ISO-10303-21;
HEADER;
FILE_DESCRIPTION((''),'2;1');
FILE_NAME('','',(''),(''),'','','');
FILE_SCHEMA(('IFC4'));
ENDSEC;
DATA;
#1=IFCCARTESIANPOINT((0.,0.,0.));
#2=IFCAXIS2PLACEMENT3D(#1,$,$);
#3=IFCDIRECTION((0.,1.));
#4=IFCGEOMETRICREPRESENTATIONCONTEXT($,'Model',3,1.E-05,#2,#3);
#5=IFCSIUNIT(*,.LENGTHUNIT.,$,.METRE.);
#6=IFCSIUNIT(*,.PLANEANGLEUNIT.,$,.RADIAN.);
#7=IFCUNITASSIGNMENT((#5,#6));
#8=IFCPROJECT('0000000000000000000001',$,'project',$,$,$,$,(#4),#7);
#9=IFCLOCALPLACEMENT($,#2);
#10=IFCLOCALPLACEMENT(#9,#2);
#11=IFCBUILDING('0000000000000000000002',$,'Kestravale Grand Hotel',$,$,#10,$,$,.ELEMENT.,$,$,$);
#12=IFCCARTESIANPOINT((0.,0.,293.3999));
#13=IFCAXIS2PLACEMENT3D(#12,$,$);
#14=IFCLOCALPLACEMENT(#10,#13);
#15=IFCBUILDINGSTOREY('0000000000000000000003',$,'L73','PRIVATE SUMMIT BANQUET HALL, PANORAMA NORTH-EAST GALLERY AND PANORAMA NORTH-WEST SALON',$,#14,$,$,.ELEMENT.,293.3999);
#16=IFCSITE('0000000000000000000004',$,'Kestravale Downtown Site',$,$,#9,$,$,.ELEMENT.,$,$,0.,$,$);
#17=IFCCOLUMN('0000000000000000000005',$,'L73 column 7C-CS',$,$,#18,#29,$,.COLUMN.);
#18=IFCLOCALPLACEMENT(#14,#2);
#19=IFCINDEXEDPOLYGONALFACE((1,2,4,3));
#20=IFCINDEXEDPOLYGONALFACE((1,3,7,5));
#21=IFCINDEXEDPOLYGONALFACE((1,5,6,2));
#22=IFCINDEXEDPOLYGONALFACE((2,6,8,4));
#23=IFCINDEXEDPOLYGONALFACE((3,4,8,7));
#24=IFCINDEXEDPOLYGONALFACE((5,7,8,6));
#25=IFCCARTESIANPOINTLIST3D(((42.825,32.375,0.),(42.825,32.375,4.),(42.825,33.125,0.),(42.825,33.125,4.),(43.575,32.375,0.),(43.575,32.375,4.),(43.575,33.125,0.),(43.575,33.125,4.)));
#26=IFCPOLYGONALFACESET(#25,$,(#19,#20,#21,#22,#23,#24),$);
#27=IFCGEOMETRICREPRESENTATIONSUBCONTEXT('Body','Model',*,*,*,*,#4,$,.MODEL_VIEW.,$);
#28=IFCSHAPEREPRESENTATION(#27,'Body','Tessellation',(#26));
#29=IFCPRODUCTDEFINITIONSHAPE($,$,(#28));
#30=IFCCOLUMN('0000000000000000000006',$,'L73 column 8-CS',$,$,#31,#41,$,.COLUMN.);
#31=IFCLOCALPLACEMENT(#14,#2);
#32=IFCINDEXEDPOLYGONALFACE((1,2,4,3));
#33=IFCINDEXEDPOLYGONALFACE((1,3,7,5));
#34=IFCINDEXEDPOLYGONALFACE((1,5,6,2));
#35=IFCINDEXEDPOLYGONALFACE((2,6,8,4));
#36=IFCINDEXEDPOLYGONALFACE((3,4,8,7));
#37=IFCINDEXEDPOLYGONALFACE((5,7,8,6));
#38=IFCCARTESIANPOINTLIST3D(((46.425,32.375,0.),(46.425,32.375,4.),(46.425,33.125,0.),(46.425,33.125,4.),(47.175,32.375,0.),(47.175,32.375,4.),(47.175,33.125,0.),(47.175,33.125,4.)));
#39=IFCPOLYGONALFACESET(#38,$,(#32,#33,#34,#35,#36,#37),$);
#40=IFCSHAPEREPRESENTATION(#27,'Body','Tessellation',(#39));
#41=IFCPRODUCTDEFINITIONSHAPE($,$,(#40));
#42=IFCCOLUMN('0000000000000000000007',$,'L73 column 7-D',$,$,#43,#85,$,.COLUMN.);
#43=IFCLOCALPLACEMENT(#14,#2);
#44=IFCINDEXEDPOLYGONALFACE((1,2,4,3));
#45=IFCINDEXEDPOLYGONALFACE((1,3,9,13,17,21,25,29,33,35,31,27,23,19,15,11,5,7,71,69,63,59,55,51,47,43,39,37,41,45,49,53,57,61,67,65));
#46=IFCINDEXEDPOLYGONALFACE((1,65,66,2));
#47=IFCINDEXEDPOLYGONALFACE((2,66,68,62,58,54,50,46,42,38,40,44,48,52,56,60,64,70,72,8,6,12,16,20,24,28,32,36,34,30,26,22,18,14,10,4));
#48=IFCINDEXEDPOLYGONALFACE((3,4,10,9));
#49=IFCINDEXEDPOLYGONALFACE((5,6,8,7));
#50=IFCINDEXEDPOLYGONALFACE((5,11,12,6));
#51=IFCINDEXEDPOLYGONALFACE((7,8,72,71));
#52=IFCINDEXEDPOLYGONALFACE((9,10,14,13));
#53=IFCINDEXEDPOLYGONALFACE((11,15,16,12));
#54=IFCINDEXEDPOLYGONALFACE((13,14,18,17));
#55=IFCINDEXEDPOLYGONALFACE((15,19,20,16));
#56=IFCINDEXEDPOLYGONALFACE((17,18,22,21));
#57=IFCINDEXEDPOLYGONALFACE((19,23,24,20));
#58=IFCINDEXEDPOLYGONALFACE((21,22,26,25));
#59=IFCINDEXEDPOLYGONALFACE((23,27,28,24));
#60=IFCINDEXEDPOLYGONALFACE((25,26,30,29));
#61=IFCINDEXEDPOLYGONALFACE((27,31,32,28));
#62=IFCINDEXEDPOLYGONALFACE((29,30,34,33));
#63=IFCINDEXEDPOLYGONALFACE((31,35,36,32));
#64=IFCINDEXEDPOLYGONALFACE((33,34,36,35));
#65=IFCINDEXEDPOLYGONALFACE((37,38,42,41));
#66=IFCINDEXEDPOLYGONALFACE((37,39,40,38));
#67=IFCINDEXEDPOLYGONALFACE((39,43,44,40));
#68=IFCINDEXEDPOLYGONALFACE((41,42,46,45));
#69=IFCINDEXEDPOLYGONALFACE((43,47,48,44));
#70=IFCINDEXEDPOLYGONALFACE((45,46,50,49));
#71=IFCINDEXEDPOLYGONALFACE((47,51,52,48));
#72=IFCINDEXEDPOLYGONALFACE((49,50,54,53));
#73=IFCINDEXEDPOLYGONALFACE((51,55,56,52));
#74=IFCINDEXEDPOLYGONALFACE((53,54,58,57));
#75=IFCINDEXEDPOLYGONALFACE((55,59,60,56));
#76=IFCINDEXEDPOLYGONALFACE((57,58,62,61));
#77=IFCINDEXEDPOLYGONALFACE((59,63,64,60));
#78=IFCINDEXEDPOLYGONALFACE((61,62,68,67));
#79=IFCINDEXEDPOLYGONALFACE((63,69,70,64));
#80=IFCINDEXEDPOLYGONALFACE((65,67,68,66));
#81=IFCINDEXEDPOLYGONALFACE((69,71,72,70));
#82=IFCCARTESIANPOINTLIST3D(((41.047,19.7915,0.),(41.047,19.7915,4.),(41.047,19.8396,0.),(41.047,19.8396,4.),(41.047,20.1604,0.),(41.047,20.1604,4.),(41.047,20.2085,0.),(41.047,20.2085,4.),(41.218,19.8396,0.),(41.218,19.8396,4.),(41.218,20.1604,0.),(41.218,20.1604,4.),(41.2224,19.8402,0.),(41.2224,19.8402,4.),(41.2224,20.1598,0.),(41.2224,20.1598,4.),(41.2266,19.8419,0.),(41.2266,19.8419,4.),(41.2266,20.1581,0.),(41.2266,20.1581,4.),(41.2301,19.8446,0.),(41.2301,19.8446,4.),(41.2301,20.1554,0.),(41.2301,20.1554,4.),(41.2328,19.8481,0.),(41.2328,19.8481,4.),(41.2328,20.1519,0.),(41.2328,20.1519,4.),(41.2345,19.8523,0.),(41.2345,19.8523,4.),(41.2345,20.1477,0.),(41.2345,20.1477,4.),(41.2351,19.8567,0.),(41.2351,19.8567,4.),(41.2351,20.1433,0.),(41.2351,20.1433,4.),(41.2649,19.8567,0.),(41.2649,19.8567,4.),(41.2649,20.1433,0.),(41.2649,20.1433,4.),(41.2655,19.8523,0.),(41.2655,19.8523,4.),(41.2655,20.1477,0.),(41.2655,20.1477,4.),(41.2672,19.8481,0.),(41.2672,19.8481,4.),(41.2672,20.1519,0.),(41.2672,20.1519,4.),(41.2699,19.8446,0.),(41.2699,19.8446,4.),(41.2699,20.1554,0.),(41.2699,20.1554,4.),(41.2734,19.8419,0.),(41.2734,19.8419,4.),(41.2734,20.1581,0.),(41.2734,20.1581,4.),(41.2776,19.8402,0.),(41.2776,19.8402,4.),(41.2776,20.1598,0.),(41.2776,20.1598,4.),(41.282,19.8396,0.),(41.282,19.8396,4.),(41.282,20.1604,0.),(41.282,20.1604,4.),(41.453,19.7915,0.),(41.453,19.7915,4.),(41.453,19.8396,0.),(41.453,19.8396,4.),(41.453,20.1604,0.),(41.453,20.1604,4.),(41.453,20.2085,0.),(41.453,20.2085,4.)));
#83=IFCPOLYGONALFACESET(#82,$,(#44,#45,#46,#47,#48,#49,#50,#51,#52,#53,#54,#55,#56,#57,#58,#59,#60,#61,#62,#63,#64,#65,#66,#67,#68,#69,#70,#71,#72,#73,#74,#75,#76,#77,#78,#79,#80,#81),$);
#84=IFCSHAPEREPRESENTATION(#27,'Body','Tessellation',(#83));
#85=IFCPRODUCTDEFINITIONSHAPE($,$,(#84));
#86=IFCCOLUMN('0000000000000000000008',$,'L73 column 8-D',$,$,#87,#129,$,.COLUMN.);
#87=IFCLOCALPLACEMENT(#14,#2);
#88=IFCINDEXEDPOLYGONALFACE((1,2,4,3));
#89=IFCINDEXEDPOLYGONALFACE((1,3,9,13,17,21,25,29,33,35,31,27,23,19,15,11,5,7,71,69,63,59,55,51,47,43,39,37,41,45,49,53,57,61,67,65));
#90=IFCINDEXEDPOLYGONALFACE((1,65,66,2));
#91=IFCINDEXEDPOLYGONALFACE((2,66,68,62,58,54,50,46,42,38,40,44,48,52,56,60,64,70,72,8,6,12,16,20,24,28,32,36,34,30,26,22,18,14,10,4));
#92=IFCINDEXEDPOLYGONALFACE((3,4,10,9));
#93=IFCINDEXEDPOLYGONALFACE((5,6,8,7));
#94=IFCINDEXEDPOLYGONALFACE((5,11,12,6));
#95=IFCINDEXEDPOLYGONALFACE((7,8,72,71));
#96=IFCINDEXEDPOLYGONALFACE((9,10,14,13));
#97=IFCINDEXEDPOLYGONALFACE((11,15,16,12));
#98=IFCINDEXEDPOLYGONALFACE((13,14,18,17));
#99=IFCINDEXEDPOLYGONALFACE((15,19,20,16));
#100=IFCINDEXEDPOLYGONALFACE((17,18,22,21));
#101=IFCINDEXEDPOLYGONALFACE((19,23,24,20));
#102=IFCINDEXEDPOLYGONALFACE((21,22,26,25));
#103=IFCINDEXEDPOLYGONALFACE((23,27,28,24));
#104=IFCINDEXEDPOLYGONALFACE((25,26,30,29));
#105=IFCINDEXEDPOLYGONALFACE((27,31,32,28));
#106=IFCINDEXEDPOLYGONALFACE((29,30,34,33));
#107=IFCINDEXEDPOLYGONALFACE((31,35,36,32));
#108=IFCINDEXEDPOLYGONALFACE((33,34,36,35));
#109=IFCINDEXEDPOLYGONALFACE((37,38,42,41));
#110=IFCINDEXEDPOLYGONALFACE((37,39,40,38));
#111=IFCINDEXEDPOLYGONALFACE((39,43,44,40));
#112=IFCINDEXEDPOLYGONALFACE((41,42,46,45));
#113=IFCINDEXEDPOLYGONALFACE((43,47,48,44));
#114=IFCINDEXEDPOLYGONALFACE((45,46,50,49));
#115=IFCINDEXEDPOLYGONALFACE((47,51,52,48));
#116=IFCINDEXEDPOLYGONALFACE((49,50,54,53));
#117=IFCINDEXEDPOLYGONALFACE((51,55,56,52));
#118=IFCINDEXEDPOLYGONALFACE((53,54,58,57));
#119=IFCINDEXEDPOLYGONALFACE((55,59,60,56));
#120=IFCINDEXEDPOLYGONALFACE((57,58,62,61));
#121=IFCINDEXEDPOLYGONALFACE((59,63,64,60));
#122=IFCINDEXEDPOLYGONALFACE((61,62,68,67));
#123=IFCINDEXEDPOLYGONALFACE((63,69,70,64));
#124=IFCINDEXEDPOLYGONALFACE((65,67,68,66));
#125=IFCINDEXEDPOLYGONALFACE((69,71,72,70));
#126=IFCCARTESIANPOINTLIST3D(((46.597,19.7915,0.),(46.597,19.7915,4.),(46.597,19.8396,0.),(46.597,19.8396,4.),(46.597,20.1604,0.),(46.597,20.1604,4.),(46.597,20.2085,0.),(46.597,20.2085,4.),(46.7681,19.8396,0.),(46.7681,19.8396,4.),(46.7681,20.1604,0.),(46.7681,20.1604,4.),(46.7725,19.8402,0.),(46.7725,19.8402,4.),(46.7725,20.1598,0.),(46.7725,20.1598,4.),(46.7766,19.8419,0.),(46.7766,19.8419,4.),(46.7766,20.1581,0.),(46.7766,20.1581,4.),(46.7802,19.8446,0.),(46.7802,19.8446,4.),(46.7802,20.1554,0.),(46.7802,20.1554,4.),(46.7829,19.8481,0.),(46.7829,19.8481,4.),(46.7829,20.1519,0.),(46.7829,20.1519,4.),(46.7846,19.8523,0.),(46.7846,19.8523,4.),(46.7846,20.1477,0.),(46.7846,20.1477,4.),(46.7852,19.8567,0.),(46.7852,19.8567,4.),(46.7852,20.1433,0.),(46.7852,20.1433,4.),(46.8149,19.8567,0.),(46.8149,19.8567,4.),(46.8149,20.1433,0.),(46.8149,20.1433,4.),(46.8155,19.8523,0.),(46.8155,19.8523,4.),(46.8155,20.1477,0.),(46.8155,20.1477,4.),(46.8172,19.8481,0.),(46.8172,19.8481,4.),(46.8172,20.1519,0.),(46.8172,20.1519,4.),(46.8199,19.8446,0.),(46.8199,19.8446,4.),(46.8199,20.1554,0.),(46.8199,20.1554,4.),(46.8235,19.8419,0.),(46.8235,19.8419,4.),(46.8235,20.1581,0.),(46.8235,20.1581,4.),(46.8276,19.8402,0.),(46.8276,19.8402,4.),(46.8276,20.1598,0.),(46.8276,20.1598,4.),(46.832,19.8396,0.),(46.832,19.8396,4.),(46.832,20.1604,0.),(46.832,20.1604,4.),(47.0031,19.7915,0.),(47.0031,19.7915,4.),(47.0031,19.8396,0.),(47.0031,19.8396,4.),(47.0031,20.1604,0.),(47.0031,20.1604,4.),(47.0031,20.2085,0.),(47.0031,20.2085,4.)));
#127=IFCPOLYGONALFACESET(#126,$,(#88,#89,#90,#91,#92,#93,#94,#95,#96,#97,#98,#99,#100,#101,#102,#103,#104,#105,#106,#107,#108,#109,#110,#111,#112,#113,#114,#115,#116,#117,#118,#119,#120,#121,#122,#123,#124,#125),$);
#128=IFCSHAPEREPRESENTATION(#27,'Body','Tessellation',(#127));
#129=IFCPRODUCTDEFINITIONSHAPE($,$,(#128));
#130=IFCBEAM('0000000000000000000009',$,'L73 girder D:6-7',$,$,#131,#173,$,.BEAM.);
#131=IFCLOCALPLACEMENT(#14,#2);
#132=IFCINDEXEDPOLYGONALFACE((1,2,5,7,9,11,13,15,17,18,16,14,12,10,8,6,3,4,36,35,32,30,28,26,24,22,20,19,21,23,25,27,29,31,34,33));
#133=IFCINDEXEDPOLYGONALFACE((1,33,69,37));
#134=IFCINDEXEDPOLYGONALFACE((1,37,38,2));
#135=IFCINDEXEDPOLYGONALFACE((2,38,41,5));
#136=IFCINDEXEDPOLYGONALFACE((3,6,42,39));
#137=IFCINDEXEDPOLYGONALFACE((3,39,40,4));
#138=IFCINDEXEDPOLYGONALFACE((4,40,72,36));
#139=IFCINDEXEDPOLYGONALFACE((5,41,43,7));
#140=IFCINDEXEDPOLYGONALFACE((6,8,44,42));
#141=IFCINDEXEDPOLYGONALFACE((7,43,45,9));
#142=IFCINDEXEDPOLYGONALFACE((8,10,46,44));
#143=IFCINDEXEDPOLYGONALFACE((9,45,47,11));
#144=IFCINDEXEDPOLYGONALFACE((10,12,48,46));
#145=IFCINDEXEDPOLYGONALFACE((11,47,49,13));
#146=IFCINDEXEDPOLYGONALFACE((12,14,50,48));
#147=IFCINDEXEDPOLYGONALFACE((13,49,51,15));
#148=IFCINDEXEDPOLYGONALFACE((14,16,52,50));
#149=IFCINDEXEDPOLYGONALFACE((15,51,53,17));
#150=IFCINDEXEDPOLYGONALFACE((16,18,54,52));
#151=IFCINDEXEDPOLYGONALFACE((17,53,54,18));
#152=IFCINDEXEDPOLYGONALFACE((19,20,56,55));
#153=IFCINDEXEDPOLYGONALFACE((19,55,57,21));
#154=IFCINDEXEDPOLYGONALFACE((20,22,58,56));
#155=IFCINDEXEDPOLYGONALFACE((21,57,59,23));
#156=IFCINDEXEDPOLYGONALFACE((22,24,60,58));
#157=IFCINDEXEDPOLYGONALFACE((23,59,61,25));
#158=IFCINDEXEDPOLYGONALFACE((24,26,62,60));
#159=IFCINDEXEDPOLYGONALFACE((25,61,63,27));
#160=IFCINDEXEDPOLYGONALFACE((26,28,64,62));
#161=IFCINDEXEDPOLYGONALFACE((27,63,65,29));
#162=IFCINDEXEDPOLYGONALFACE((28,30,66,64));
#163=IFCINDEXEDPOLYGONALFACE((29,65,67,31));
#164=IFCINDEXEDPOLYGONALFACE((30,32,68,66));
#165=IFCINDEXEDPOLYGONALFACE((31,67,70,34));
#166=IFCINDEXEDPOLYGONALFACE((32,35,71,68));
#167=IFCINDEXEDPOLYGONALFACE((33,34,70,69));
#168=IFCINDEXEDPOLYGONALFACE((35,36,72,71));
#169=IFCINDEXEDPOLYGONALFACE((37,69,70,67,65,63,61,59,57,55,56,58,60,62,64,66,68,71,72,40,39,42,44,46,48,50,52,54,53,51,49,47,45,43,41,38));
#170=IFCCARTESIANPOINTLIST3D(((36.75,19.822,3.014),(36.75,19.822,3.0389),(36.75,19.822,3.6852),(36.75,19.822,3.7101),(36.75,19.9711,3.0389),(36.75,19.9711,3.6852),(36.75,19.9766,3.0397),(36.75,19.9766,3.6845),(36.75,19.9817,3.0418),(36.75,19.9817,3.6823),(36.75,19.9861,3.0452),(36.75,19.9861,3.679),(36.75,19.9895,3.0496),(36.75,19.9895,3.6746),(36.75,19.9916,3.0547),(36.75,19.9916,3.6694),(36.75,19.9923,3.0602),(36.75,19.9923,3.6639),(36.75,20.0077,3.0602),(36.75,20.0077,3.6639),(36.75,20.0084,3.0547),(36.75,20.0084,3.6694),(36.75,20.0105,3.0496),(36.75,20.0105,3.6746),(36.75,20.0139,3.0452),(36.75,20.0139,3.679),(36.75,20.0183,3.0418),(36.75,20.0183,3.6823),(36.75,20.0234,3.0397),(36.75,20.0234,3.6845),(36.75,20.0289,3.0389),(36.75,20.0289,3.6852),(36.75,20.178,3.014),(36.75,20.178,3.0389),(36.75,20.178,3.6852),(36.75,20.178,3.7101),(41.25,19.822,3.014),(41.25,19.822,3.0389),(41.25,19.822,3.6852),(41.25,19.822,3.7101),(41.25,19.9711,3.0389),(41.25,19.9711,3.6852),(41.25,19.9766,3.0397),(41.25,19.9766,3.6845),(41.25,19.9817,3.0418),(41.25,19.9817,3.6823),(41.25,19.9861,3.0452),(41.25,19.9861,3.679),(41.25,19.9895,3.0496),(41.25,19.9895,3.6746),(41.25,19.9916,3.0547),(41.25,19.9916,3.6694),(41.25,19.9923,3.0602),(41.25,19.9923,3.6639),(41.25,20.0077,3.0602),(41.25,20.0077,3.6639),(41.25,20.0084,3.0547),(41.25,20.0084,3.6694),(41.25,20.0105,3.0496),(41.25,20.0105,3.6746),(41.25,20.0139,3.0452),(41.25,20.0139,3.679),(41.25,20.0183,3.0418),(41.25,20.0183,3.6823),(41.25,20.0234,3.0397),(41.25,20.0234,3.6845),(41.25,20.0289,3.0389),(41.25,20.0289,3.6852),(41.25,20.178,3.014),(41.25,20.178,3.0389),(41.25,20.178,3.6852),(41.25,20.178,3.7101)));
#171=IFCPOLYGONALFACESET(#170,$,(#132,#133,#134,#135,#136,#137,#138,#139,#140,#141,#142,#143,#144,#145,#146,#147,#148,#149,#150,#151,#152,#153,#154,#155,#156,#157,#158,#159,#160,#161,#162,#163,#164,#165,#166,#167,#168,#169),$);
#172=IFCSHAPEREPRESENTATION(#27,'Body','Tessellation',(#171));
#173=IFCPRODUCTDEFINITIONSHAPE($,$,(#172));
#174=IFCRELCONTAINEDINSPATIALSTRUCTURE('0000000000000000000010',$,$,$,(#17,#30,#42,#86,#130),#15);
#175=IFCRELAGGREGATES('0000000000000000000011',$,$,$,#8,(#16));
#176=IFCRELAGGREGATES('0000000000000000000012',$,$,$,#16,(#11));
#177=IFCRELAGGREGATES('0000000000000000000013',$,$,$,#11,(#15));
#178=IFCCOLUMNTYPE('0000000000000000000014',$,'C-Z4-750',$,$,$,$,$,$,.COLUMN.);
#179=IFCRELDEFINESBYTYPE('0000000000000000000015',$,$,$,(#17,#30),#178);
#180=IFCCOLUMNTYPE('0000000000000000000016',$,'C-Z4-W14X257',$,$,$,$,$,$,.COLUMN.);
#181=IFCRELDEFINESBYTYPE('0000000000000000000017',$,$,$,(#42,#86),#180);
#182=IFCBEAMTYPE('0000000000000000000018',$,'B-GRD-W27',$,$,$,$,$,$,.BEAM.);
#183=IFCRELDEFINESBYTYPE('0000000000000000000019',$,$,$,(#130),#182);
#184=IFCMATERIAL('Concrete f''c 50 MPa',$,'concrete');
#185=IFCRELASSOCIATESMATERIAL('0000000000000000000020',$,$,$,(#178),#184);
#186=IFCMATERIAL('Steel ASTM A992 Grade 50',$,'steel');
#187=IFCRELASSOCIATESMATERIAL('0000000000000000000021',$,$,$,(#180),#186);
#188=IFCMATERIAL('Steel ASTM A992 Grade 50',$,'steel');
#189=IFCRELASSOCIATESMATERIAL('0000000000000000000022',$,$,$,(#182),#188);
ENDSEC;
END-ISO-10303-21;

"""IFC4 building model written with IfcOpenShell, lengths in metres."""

from ifc_helpers import new_model, si_unit, direction, frame, origin, origin_2d, place, context, subcontext, project, spatial, rectangle, i_section, extrude, material, material_profile, profile_set, type_object, element, save


model = new_model("IFC4")

# Units and contexts
model_context = context("Model", 3, precision=1e-05, world=origin(), true_north=direction((0.0, 1.0)))
body_context = subcontext(model_context, "Body", "Model", "MODEL_VIEW")
ifc_project = project(units=[si_unit("LENGTHUNIT", "METRE"), si_unit("PLANEANGLEUNIT", "RADIAN")], contexts=[model_context])

# Site, building, storey
site_placement = place(None, origin())
site = spatial("IfcSite", under=ifc_project, at=site_placement, Name="Kestravale Downtown Site", CompositionType="ELEMENT", RefElevation=0.0)
building_placement = place(site_placement, origin())
building = spatial("IfcBuilding", under=site, at=building_placement, Name="Kestravale Grand Hotel", CompositionType="ELEMENT")
storey_placement = place(building_placement, frame((0.0, 0.0, 293.3999)))
storey = spatial("IfcBuildingStorey", under=building, at=storey_placement, Name="L73", Description="PRIVATE SUMMIT BANQUET HALL, PANORAMA NORTH-EAST GALLERY AND PANORAMA NORTH-WEST SALON", CompositionType="ELEMENT", Elevation=293.3999)

# Columns
ifc_material_1 = material(Name="Concrete f'c 50 MPa", Category="concrete")
ifc_material_profile_1 = material_profile(ifc_material_1, rectangle(XDim=0.75, YDim=0.75, at=origin_2d()))
ifc_profile_set_1 = profile_set([ifc_material_profile_1], Name="Concrete f'c 50 MPa")
column_type_1 = type_object("IfcColumnType", Name="C-Z4-750", PredefinedType="COLUMN", material=ifc_profile_set_1)
for number, where, z_axis, x_axis, name in (
    (1, (43.2, 32.75, 0.0), (0.0, 0.0, 1.0), (1.0, 0.0, 0.0), "L73 column 7C-CS"),
    (2, (46.8, 32.75, 0.0), (0.0, 0.0, 1.0), (1.0, 0.0, 0.0), "L73 column 8-CS"),
):
    element("IfcColumn", number, at=place(storey_placement, frame(where, z_axis=z_axis, x_axis=x_axis)), inside=storey, type_object=column_type_1, Name=name, PredefinedType="COLUMN", context=body_context, shape_type="SweptSolid", body=[
        extrude(rectangle(XDim=0.75, YDim=0.75, at=origin_2d()), origin(), (0.0, 0.0, 1.0), 4.0),
    ])
ifc_material_2 = material(Name="Steel ASTM A992 Grade 50", Category="steel")
ifc_material_profile_2 = material_profile(ifc_material_2, i_section(OverallWidth=0.406, OverallDepth=0.417, WebThickness=0.0298, FlangeThickness=0.0481, FilletRadius=0.0171, at=origin_2d()))
ifc_profile_set_2 = profile_set([ifc_material_profile_2], Name="Steel ASTM A992 Grade 50")
column_type_2 = type_object("IfcColumnType", Name="C-Z4-W14X257", PredefinedType="COLUMN", material=ifc_profile_set_2)
for number, where, z_axis, x_axis, name in (
    (3, (41.25, 20.0, 0.0), (0.0, 0.0, 1.0), (1.0, 0.0, 0.0), "L73 column 7-D"),
    (4, (46.8, 20.0, 0.0), (0.0, 0.0, 1.0), (1.0, 0.0, 0.0), "L73 column 8-D"),
):
    element("IfcColumn", number, at=place(storey_placement, frame(where, z_axis=z_axis, x_axis=x_axis)), inside=storey, type_object=column_type_2, Name=name, PredefinedType="COLUMN", context=body_context, shape_type="SweptSolid", body=[
        extrude(i_section(OverallWidth=0.406, OverallDepth=0.417, WebThickness=0.0298, FlangeThickness=0.0481, FilletRadius=0.0171, at=origin_2d()), origin(), (0.0, 0.0, 1.0), 4.0),
    ])

# Beam
ifc_material_3 = material(Name="Steel ASTM A992 Grade 50", Category="steel")
ifc_material_profile_3 = material_profile(ifc_material_3, i_section(OverallWidth=0.356, OverallDepth=0.696, WebThickness=0.0154, FlangeThickness=0.0249, FilletRadius=0.0212, at=origin_2d()))
ifc_profile_set_3 = profile_set([ifc_material_profile_3], Name="Steel ASTM A992 Grade 50")
beam_type = type_object("IfcBeamType", Name="B-GRD-W27", PredefinedType="BEAM", material=ifc_profile_set_3)
beam_1_placement = place(storey_placement, frame((36.75, 20.0, 3.3621), z_axis=(1.0, 0.0, 0.0), x_axis=(0.0, 1.0, 0.0)))
element("IfcBeam", 5, at=beam_1_placement, inside=storey, type_object=beam_type, Name="L73 girder D:6-7", PredefinedType="BEAM", context=body_context, shape_type="SweptSolid", body=[
    extrude(i_section(OverallWidth=0.356, OverallDepth=0.696, WebThickness=0.0154, FlangeThickness=0.0249, FilletRadius=0.0212, at=origin_2d()), origin(), (0.0, 0.0, 1.0), 4.5),
])

save(model, "model.ifc")
